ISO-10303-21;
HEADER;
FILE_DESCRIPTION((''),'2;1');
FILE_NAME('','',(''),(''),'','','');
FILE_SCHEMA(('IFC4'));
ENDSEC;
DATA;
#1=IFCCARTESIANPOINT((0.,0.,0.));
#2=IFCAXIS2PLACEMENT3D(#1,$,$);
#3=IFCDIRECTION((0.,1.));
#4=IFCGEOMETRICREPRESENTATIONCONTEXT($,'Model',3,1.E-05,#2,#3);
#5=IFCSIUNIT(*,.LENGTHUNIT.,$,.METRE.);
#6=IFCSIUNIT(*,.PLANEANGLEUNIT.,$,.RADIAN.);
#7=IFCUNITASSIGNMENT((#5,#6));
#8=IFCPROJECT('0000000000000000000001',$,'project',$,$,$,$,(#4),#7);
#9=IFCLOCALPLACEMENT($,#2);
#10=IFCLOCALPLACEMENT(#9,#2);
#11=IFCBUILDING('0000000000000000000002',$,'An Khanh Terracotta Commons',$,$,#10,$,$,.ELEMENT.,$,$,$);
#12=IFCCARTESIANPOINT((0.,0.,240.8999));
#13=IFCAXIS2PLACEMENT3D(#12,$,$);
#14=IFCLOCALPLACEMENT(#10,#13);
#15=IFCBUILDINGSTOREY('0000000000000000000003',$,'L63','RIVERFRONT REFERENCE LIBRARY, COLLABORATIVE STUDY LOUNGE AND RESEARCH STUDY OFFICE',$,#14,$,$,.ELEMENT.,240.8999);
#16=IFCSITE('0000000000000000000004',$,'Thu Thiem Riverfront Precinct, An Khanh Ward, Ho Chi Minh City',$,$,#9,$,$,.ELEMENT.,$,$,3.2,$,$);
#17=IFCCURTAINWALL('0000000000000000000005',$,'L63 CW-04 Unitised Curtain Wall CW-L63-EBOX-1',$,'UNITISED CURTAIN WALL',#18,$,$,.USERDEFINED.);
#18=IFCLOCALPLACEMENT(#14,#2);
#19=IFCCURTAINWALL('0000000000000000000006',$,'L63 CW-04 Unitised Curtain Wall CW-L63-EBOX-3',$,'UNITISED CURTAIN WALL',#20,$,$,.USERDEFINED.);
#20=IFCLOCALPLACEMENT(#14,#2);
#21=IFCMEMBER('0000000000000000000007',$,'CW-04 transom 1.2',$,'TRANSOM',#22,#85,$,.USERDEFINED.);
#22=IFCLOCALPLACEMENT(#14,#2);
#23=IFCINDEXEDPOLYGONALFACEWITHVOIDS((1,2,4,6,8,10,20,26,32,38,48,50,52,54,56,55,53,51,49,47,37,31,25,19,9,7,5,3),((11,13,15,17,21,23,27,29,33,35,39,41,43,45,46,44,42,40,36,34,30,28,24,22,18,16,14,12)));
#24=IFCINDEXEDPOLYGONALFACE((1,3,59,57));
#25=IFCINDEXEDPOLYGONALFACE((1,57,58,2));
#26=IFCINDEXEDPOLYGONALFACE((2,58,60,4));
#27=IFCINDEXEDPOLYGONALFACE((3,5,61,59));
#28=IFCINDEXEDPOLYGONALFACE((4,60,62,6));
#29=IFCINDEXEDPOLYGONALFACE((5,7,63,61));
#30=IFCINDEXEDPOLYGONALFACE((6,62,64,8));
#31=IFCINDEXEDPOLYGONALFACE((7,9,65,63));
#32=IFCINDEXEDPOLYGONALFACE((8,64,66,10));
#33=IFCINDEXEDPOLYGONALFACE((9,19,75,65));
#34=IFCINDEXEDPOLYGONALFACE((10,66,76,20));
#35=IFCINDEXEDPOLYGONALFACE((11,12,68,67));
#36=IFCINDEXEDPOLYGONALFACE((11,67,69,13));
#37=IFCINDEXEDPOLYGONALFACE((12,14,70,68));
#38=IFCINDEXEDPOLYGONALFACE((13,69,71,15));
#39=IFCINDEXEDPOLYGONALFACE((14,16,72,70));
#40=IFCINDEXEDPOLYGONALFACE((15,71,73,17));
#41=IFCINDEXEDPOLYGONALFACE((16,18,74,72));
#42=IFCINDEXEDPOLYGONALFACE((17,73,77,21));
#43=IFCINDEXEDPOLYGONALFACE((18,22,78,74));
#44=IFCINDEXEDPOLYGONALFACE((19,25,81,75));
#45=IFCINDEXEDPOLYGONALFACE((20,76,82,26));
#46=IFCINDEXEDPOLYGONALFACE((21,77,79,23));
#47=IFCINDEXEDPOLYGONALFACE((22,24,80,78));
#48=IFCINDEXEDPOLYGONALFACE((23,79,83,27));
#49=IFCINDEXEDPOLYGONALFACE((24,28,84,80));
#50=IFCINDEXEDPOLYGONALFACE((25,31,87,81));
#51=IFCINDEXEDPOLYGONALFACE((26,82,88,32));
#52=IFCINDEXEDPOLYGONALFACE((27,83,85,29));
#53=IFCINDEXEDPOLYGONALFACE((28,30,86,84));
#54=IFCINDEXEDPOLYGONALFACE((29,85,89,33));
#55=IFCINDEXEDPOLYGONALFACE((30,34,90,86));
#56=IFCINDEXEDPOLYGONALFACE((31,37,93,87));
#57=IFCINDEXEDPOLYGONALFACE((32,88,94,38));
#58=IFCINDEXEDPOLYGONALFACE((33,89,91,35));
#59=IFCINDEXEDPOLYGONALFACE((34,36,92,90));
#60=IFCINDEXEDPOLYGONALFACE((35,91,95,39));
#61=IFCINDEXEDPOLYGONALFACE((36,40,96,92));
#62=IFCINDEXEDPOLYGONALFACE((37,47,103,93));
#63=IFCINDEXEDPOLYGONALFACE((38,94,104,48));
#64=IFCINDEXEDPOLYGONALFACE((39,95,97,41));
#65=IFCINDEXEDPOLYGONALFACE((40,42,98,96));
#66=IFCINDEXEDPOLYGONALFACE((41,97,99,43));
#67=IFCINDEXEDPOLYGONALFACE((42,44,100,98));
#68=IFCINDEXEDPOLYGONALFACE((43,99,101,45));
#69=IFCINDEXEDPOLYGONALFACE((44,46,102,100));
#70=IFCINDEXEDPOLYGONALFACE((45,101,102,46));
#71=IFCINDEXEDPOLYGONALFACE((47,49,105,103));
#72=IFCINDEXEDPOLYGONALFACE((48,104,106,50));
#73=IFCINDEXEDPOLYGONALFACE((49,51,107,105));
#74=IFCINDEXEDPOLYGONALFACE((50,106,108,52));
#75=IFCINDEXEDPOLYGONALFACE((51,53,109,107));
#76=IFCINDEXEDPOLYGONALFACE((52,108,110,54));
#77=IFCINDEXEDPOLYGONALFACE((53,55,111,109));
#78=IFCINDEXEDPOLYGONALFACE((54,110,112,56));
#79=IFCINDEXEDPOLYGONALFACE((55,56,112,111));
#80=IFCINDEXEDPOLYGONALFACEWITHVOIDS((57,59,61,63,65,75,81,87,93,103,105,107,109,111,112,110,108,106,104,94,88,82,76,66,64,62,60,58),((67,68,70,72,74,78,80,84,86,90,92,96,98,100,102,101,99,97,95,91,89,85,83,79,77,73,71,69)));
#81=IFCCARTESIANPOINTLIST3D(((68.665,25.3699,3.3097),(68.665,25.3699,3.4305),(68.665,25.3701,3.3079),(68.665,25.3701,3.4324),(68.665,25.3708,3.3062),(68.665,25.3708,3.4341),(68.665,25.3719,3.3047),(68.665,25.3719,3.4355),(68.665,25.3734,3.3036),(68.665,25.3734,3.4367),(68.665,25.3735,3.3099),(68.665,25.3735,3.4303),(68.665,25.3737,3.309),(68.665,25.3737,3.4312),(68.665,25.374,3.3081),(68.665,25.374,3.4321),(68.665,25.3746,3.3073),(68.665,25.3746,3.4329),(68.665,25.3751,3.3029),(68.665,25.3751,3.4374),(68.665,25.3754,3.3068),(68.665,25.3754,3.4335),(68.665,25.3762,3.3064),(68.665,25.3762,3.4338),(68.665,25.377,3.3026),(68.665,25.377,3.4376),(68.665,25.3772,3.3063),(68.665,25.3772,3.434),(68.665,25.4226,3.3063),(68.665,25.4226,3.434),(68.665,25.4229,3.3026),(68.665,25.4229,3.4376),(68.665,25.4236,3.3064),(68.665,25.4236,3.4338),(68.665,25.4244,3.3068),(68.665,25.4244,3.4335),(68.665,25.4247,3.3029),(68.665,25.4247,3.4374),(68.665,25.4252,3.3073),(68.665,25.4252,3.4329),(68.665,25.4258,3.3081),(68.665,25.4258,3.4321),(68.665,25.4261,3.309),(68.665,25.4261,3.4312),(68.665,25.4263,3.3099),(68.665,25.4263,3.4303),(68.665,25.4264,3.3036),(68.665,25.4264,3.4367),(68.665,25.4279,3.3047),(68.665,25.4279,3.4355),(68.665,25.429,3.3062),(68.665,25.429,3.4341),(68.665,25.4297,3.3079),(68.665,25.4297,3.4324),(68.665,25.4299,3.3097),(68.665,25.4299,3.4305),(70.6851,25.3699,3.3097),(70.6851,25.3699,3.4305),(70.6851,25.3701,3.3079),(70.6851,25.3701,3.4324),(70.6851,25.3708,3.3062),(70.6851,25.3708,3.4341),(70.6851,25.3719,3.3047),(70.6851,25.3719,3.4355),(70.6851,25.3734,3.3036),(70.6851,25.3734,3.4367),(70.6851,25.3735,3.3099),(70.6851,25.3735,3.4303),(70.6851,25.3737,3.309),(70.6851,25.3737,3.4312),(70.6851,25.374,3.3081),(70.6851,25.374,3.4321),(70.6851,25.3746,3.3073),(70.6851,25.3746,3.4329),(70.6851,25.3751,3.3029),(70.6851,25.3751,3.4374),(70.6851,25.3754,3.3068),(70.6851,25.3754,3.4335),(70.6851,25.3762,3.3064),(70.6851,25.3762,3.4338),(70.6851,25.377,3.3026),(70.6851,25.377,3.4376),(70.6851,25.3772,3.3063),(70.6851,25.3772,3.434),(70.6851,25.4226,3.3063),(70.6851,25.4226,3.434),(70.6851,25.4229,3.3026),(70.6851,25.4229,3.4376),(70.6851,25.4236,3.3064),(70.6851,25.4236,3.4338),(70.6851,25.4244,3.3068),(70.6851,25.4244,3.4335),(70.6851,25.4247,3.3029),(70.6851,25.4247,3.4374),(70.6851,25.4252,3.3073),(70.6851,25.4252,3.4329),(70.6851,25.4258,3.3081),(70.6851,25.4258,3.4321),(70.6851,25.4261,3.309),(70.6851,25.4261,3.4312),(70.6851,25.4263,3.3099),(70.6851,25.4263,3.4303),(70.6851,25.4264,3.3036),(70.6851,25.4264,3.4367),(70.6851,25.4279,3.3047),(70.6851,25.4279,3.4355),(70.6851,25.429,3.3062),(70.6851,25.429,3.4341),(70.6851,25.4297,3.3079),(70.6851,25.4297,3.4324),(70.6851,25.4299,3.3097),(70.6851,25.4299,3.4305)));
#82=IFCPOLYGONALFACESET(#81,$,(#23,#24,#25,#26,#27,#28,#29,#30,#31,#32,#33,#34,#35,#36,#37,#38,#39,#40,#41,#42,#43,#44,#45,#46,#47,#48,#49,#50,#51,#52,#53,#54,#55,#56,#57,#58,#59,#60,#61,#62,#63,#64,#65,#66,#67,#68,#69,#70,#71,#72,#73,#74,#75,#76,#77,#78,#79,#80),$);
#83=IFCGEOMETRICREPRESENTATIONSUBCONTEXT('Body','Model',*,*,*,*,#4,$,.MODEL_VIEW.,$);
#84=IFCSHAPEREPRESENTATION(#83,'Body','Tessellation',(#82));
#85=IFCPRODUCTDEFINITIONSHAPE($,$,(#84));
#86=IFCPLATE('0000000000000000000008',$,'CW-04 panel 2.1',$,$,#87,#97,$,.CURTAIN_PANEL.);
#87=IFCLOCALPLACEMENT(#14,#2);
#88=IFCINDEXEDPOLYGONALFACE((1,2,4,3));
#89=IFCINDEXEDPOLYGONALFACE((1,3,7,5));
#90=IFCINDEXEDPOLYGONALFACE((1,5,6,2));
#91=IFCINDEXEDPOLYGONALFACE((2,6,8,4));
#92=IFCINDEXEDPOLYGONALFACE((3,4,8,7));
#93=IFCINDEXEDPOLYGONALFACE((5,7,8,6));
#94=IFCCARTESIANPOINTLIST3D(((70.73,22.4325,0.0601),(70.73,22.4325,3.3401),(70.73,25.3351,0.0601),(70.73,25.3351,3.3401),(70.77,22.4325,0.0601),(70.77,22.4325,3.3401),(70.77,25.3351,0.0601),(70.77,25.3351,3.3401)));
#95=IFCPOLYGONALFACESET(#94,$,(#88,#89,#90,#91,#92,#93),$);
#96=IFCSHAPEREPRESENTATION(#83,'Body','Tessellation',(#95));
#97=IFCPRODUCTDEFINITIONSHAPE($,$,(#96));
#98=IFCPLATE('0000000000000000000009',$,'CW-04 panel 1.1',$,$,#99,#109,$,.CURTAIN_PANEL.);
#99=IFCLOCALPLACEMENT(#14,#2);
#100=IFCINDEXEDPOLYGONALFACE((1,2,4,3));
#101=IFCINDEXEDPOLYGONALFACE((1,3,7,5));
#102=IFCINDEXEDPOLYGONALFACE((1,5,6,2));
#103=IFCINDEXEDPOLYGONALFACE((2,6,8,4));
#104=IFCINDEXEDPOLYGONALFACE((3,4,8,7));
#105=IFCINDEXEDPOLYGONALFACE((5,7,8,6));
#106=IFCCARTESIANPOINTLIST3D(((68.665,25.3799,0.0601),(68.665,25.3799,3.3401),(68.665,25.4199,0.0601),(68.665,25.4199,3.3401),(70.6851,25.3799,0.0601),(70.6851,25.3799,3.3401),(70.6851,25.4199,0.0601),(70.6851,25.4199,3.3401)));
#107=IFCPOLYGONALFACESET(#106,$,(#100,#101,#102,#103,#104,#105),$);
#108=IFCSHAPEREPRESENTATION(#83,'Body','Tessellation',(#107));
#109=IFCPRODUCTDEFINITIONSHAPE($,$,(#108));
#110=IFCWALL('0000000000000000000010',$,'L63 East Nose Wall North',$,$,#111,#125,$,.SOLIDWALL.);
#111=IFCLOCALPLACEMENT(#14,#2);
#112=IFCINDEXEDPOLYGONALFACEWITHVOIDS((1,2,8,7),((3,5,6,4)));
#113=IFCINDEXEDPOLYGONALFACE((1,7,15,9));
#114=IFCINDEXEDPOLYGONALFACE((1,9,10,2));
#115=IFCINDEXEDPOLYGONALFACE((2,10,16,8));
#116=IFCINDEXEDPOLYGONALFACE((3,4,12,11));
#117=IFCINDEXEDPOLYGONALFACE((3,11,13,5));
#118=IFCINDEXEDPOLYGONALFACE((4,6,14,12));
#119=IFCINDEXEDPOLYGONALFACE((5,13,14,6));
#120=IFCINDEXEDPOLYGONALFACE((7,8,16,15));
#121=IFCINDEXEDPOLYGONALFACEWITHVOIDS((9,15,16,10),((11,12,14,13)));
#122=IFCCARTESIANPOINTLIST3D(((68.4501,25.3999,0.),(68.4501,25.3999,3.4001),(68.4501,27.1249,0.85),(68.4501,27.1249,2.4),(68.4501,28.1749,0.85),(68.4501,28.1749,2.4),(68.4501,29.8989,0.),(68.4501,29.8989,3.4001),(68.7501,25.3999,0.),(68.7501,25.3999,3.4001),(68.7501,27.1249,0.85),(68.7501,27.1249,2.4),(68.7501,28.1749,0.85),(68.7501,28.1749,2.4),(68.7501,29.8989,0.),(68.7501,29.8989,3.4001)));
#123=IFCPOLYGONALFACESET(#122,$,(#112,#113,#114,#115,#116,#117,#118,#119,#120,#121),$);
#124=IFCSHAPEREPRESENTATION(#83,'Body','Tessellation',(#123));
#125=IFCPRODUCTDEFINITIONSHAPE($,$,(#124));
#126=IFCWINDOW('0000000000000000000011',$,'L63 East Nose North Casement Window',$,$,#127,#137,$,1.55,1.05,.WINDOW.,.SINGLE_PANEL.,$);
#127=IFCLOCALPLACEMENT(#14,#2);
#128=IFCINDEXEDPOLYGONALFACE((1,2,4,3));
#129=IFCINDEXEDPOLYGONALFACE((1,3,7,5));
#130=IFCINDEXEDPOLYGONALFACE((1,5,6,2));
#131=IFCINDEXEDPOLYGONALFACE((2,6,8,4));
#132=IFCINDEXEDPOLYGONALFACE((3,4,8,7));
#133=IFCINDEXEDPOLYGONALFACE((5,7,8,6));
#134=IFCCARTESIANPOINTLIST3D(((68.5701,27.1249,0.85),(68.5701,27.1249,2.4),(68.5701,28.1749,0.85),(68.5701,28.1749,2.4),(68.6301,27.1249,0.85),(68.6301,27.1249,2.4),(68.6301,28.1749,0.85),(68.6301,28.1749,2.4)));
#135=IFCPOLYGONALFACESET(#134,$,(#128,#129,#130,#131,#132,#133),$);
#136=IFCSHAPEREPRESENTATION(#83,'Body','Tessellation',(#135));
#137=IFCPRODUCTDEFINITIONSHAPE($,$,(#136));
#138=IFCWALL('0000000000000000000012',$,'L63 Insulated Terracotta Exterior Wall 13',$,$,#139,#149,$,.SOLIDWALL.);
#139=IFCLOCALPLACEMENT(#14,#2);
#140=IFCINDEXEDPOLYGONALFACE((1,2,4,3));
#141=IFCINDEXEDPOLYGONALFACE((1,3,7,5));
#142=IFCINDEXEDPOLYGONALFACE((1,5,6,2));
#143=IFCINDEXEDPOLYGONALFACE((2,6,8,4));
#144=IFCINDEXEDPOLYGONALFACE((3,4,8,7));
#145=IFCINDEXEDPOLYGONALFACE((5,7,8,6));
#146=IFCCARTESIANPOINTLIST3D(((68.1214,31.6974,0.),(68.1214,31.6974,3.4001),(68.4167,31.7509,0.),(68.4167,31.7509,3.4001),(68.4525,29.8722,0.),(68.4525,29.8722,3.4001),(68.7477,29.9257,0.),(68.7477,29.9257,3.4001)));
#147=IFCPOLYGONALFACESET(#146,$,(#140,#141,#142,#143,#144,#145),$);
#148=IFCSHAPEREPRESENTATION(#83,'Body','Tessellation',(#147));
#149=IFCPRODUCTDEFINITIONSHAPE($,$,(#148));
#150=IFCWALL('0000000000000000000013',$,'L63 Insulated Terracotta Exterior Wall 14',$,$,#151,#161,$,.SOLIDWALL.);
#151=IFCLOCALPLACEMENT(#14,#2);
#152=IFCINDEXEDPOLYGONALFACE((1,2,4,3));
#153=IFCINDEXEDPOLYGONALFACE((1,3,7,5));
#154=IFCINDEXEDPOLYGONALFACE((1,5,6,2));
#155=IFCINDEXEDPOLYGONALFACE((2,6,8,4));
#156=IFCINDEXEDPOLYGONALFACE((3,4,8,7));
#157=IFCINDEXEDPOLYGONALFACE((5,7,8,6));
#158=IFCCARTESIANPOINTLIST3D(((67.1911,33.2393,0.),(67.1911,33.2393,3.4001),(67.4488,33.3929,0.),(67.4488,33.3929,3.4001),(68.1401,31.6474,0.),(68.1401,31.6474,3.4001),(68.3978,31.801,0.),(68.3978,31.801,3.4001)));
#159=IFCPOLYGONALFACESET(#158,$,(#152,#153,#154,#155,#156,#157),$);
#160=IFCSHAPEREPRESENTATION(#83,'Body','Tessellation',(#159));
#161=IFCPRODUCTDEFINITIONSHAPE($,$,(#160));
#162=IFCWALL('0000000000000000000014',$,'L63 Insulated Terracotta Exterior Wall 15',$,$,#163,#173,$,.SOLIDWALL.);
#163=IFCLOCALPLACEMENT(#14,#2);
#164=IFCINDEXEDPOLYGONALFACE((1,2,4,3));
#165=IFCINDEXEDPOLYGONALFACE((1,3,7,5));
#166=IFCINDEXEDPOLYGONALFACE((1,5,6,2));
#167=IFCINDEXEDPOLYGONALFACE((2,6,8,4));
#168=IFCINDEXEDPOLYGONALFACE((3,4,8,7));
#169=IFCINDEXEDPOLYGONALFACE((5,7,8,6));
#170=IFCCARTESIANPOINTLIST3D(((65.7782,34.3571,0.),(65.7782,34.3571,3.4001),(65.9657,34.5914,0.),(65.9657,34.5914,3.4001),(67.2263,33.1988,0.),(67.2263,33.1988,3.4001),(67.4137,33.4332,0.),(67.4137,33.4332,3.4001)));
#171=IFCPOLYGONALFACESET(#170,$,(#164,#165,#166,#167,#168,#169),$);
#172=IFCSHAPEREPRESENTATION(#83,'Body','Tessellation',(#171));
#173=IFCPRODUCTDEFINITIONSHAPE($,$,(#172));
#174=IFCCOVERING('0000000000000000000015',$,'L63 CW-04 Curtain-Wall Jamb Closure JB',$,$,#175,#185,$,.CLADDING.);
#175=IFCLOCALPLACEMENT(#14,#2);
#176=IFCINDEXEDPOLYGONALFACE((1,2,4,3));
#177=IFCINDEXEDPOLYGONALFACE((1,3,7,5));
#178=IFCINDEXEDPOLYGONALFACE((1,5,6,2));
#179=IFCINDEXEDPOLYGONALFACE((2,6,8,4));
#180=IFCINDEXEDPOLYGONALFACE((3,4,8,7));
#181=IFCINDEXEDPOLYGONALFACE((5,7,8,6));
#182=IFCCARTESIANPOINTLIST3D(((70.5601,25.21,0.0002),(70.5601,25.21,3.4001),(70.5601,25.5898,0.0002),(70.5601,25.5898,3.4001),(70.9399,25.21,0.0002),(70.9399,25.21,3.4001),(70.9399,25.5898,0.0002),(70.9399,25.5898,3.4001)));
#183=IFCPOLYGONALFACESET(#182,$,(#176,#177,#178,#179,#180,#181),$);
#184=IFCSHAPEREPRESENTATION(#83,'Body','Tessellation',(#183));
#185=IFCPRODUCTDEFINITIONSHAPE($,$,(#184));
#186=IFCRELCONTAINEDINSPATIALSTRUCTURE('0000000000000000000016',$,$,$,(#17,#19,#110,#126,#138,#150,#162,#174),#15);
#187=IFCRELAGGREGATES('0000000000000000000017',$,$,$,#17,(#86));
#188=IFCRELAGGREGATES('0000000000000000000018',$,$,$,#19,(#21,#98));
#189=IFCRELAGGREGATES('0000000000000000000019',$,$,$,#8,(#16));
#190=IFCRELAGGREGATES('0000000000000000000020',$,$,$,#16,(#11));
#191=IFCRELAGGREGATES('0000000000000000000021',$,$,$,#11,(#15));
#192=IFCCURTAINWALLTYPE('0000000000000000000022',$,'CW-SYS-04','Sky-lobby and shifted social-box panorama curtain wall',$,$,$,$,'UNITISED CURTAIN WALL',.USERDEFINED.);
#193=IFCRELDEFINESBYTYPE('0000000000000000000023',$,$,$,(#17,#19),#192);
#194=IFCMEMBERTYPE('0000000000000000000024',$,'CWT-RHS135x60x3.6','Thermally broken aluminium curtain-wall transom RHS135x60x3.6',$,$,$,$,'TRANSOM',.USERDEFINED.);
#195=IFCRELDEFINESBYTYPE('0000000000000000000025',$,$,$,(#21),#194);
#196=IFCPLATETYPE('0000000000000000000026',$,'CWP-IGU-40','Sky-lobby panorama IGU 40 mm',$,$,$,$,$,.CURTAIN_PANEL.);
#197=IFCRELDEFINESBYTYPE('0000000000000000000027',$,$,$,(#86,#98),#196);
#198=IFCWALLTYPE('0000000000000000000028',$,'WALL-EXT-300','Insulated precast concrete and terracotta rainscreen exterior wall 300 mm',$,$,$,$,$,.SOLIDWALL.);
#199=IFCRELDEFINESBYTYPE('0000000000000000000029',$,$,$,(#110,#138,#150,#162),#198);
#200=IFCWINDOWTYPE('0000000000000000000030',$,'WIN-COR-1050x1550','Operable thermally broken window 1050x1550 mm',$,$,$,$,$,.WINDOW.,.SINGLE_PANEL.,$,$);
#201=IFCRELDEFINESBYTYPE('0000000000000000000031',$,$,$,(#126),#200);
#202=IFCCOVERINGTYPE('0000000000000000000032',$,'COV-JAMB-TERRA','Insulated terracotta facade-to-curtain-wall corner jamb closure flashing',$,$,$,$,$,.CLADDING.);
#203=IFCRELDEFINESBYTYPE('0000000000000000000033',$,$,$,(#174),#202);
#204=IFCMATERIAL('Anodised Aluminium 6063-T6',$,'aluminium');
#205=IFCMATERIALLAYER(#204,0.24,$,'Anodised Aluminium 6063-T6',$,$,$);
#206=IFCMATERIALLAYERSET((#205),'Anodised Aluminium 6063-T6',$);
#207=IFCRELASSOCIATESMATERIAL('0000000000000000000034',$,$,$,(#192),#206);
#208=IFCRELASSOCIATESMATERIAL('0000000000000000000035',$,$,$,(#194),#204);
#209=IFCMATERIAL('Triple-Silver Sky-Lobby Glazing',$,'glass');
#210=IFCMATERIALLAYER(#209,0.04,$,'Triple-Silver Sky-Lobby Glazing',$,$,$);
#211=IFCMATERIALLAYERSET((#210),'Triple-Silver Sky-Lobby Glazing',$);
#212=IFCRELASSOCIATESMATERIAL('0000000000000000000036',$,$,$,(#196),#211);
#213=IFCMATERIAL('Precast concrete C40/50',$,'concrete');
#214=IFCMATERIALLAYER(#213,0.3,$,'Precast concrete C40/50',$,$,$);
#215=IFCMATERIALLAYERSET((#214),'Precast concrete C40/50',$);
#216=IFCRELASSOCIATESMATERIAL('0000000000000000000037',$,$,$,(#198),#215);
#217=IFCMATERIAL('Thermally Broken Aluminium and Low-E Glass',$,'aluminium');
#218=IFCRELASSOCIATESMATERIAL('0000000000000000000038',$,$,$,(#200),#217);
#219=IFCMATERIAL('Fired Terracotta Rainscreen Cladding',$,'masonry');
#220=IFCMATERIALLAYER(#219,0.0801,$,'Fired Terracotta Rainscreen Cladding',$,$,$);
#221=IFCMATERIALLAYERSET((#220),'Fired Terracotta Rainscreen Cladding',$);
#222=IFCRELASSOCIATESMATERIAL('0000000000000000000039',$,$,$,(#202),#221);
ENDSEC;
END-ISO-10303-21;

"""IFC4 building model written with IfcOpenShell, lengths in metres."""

from ifc_helpers import new_model, si_unit, direction, frame, frame_2d, origin, origin_2d, place, context, subcontext, project, spatial, rectangle, hollow_rectangle, extrude, material, layer, layer_set, material_profile, profile_set, type_object, element, fill, aggregate, save


model = new_model("IFC4")

# Units and contexts
model_context = context("Model", 3, precision=1e-05, world=origin(), true_north=direction((0.0, 1.0)))
body_context = subcontext(model_context, "Body", "Model", "MODEL_VIEW")
ifc_project = project(units=[si_unit("LENGTHUNIT", "METRE"), si_unit("PLANEANGLEUNIT", "RADIAN")], contexts=[model_context])

# Site, building, storey
site_placement = place(None, origin())
site = spatial("IfcSite", under=ifc_project, at=site_placement, Name="Thu Thiem Riverfront Precinct, An Khanh Ward, Ho Chi Minh City", CompositionType="ELEMENT", RefElevation=3.2)
building_placement = place(site_placement, origin())
building = spatial("IfcBuilding", under=site, at=building_placement, Name="An Khanh Terracotta Commons", CompositionType="ELEMENT")
storey_placement = place(building_placement, frame((0.0, 0.0, 240.8999)))
storey = spatial("IfcBuildingStorey", under=building, at=storey_placement, Name="L63", Description="RIVERFRONT REFERENCE LIBRARY, COLLABORATIVE STUDY LOUNGE AND RESEARCH STUDY OFFICE", CompositionType="ELEMENT", Elevation=240.8999)

# Curtain walls
ifc_material_1 = material(Name="Anodised Aluminium 6063-T6", Category="aluminium")
ifc_layer_1 = layer(ifc_material_1, 0.24, Name="Anodised Aluminium 6063-T6")
ifc_layer_set_1 = layer_set([ifc_layer_1], Name="Anodised Aluminium 6063-T6")
curtain_wall_type = type_object("IfcCurtainWallType", Name="CW-SYS-04", Description="Sky-lobby and shifted social-box panorama curtain wall", ElementType="UNITISED CURTAIN WALL", PredefinedType="USERDEFINED", material=ifc_layer_set_1)
curtain_wall_1_placement = place(storey_placement, origin())
curtain_wall_1 = element("IfcCurtainWall", 1, at=curtain_wall_1_placement, inside=storey, type_object=curtain_wall_type, Name="L63 CW-04 Unitised Curtain Wall CW-L63-EBOX-1", ObjectType="UNITISED CURTAIN WALL", PredefinedType="USERDEFINED")
curtain_wall_2_placement = place(storey_placement, origin())
curtain_wall_2 = element("IfcCurtainWall", 2, at=curtain_wall_2_placement, inside=storey, type_object=curtain_wall_type, Name="L63 CW-04 Unitised Curtain Wall CW-L63-EBOX-3", ObjectType="UNITISED CURTAIN WALL", PredefinedType="USERDEFINED")

# Member
ifc_material_profile_1 = material_profile(ifc_material_1, hollow_rectangle(XDim=0.0601, YDim=0.135, WallThickness=0.0037, InnerFilletRadius=0.0037, OuterFilletRadius=0.0071, at=origin_2d()), Name="RHS135x60x3.6")
ifc_profile_set_1 = profile_set([ifc_material_profile_1], Name="Anodised Aluminium 6063-T6")
member_type_1 = type_object("IfcMemberType", Name="CWT-RHS135x60x3.6", Description="Thermally broken aluminium curtain-wall transom RHS135x60x3.6", ElementType="TRANSOM", PredefinedType="USERDEFINED", material=ifc_profile_set_1)
member_1_placement = place(storey_placement, frame((70.6851, 25.3999, 3.3701), z_axis=(-1.0, 0.0, 0.0), x_axis=(0.0, -1.0, 0.0)))
member_1 = element("IfcMember", 3, at=member_1_placement, type_object=member_type_1, Name="CW-04 transom 1.2", ObjectType="TRANSOM", PredefinedType="USERDEFINED", context=body_context, shape_type="SweptSolid", body=[
    extrude(hollow_rectangle(XDim=0.0601, YDim=0.135, WallThickness=0.0037, InnerFilletRadius=0.0037, OuterFilletRadius=0.0071, at=origin_2d()), origin(), (0.0, 0.0, 1.0), 2.02),
])

# Plates
ifc_material_2 = material(Name="Triple-Silver Sky-Lobby Glazing", Category="glass")
ifc_layer_2 = layer(ifc_material_2, 0.04, Name="Triple-Silver Sky-Lobby Glazing")
ifc_layer_set_2 = layer_set([ifc_layer_2], Name="Triple-Silver Sky-Lobby Glazing")
plate_type = type_object("IfcPlateType", Name="CWP-IGU-40", Description="Sky-lobby panorama IGU 40 mm", PredefinedType="CURTAIN_PANEL", material=ifc_layer_set_2)
plate_1_placement = place(storey_placement, frame((70.75, 23.8838, 0.0601), z_axis=(0.0, 0.0, 1.0), x_axis=(0.0, 1.0, 0.0)))
plate_1 = element("IfcPlate", 4, at=plate_1_placement, type_object=plate_type, Name="CW-04 panel 2.1", PredefinedType="CURTAIN_PANEL", context=body_context, shape_type="SweptSolid", body=[
    extrude(rectangle(XDim=2.9026, YDim=0.04, at=origin_2d()), origin(), (0.0, 0.0, 1.0), 3.28),
])
aggregate(curtain_wall_1, [plate_1])
plate_2_placement = place(storey_placement, frame((69.675, 25.3999, 0.0601), z_axis=(0.0, 0.0, 1.0), x_axis=(-1.0, 0.0, 0.0)))
plate_2 = element("IfcPlate", 5, at=plate_2_placement, type_object=plate_type, Name="CW-04 panel 1.1", PredefinedType="CURTAIN_PANEL", context=body_context, shape_type="SweptSolid", body=[
    extrude(rectangle(XDim=2.02, YDim=0.04, at=origin_2d()), origin(), (0.0, 0.0, 1.0), 3.28),
])
aggregate(curtain_wall_2, [member_1, plate_2])

# Wall, opening, window
ifc_material_3 = material(Name="Precast concrete C40/50", Category="concrete")
ifc_layer_3 = layer(ifc_material_3, 0.3, Name="Precast concrete C40/50")
ifc_layer_set_3 = layer_set([ifc_layer_3], Name="Precast concrete C40/50")
wall_type = type_object("IfcWallType", Name="WALL-EXT-300", Description="Insulated precast concrete and terracotta rainscreen exterior wall 300 mm", PredefinedType="SOLIDWALL", material=ifc_layer_set_3)
wall_1_placement = place(storey_placement, frame((68.6001, 25.3999, 0.0), z_axis=(0.0, 0.0, 1.0), x_axis=(0.0, 1.0, 0.0)))
wall_1 = element("IfcWall", 6, at=wall_1_placement, inside=storey, type_object=wall_type, Name="L63 East Nose Wall North", PredefinedType="SOLIDWALL", context=body_context, shape_type="SweptSolid", body=[
    extrude(rectangle(XDim=4.499, YDim=0.3, at=frame_2d((2.2495, 0.0))), origin(), (0.0, 0.0, 1.0), 3.4001),
])
opening_placement = place(wall_1_placement, frame((1.7251, 0.0, 0.8501)))
opening = element("IfcOpeningElement", 7, at=opening_placement, cuts=wall_1, PredefinedType="OPENING", context=body_context, shape_type="SweptSolid", body=[
    extrude(rectangle(XDim=1.05, YDim=1.55, at=frame_2d((0.5249, 0.7749))), frame((0.0, 0.1599, 0.0), z_axis=(0.0, -1.0, 0.0), x_axis=(1.0, 0.0, 0.0)), (0.0, 0.0, 1.0), 0.3201),
])
ifc_material_4 = material(Name="Thermally Broken Aluminium and Low-E Glass", Category="aluminium")
window_type = type_object("IfcWindowType", Name="WIN-COR-1050x1550", Description="Operable thermally broken window 1050x1550 mm", PartitioningType="SINGLE_PANEL", PredefinedType="WINDOW", material=ifc_material_4)
window_placement = place(opening_placement, origin())
window = element("IfcWindow", 8, at=window_placement, inside=storey, type_object=window_type, Name="L63 East Nose North Casement Window", OverallHeight=1.55, OverallWidth=1.05, PartitioningType="SINGLE_PANEL", PredefinedType="WINDOW", context=body_context, shape_type="SweptSolid", body=[
    extrude(rectangle(XDim=1.05, YDim=1.55, at=frame_2d((0.5249, 0.7749))), frame((0.0, 0.03, 0.0), z_axis=(0.0, -1.0, 0.0), x_axis=(1.0, 0.0, 0.0)), (0.0, 0.0, 1.0), 0.0601),
])
fill(opening, window)

# Walls
wall_2_placement = place(storey_placement, frame((68.6001, 29.8989, 0.0), z_axis=(0.0, 0.0, 1.0), x_axis=(-0.178468, 0.983946, 0.0)))
element("IfcWall", 9, at=wall_2_placement, inside=storey, type_object=wall_type, Name="L63 Insulated Terracotta Exterior Wall 13", PredefinedType="SOLIDWALL", context=body_context, shape_type="SweptSolid", body=[
    extrude(rectangle(XDim=1.855, YDim=0.3, at=frame_2d((0.9275, 0.0))), origin(), (0.0, 0.0, 1.0), 3.4001),
])
wall_3_placement = place(storey_placement, frame((68.269, 31.7241, 0.0), z_axis=(0.0, 0.0, 1.0), x_axis=(-0.512072, 0.858943, 0.0)))
element("IfcWall", 10, at=wall_3_placement, inside=storey, type_object=wall_type, Name="L63 Insulated Terracotta Exterior Wall 14", PredefinedType="SOLIDWALL", context=body_context, shape_type="SweptSolid", body=[
    extrude(rectangle(XDim=1.8533, YDim=0.3, at=frame_2d((0.9268, 0.0))), origin(), (0.0, 0.0, 1.0), 3.4001),
])
wall_4_placement = place(storey_placement, frame((67.3201, 33.3159, 0.0), z_axis=(0.0, 0.0, 1.0), x_axis=(-0.78092, 0.624631, 0.0)))
element("IfcWall", 11, at=wall_4_placement, inside=storey, type_object=wall_type, Name="L63 Insulated Terracotta Exterior Wall 15", PredefinedType="SOLIDWALL", context=body_context, shape_type="SweptSolid", body=[
    extrude(rectangle(XDim=1.8542, YDim=0.3, at=frame_2d((0.9272, 0.0))), origin(), (0.0, 0.0, 1.0), 3.4001),
])

# Covering
ifc_material_5 = material(Name="Fired Terracotta Rainscreen Cladding", Category="masonry")
ifc_layer_4 = layer(ifc_material_5, 0.0801, Name="Fired Terracotta Rainscreen Cladding")
ifc_layer_set_4 = layer_set([ifc_layer_4], Name="Fired Terracotta Rainscreen Cladding")
covering_type = type_object("IfcCoveringType", Name="COV-JAMB-TERRA", Description="Insulated terracotta facade-to-curtain-wall corner jamb closure flashing", PredefinedType="CLADDING", material=ifc_layer_set_4)
for number, where, z_axis, x_axis, name in (
    (12, (70.75, 25.3999, 0.0002), (0.0, 0.0, 1.0), (1.0, 0.0, 0.0), "L63 CW-04 Curtain-Wall Jamb Closure JB"),
):
    element("IfcCovering", number, at=place(storey_placement, frame(where, z_axis=z_axis, x_axis=x_axis)), inside=storey, type_object=covering_type, Name=name, PredefinedType="CLADDING", context=body_context, shape_type="SweptSolid", body=[
        extrude(rectangle(XDim=0.3799, YDim=0.3799, at=origin_2d()), origin(), (0.0, 0.0, 1.0), 3.3999),
    ])

save(model, "model.ifc")
